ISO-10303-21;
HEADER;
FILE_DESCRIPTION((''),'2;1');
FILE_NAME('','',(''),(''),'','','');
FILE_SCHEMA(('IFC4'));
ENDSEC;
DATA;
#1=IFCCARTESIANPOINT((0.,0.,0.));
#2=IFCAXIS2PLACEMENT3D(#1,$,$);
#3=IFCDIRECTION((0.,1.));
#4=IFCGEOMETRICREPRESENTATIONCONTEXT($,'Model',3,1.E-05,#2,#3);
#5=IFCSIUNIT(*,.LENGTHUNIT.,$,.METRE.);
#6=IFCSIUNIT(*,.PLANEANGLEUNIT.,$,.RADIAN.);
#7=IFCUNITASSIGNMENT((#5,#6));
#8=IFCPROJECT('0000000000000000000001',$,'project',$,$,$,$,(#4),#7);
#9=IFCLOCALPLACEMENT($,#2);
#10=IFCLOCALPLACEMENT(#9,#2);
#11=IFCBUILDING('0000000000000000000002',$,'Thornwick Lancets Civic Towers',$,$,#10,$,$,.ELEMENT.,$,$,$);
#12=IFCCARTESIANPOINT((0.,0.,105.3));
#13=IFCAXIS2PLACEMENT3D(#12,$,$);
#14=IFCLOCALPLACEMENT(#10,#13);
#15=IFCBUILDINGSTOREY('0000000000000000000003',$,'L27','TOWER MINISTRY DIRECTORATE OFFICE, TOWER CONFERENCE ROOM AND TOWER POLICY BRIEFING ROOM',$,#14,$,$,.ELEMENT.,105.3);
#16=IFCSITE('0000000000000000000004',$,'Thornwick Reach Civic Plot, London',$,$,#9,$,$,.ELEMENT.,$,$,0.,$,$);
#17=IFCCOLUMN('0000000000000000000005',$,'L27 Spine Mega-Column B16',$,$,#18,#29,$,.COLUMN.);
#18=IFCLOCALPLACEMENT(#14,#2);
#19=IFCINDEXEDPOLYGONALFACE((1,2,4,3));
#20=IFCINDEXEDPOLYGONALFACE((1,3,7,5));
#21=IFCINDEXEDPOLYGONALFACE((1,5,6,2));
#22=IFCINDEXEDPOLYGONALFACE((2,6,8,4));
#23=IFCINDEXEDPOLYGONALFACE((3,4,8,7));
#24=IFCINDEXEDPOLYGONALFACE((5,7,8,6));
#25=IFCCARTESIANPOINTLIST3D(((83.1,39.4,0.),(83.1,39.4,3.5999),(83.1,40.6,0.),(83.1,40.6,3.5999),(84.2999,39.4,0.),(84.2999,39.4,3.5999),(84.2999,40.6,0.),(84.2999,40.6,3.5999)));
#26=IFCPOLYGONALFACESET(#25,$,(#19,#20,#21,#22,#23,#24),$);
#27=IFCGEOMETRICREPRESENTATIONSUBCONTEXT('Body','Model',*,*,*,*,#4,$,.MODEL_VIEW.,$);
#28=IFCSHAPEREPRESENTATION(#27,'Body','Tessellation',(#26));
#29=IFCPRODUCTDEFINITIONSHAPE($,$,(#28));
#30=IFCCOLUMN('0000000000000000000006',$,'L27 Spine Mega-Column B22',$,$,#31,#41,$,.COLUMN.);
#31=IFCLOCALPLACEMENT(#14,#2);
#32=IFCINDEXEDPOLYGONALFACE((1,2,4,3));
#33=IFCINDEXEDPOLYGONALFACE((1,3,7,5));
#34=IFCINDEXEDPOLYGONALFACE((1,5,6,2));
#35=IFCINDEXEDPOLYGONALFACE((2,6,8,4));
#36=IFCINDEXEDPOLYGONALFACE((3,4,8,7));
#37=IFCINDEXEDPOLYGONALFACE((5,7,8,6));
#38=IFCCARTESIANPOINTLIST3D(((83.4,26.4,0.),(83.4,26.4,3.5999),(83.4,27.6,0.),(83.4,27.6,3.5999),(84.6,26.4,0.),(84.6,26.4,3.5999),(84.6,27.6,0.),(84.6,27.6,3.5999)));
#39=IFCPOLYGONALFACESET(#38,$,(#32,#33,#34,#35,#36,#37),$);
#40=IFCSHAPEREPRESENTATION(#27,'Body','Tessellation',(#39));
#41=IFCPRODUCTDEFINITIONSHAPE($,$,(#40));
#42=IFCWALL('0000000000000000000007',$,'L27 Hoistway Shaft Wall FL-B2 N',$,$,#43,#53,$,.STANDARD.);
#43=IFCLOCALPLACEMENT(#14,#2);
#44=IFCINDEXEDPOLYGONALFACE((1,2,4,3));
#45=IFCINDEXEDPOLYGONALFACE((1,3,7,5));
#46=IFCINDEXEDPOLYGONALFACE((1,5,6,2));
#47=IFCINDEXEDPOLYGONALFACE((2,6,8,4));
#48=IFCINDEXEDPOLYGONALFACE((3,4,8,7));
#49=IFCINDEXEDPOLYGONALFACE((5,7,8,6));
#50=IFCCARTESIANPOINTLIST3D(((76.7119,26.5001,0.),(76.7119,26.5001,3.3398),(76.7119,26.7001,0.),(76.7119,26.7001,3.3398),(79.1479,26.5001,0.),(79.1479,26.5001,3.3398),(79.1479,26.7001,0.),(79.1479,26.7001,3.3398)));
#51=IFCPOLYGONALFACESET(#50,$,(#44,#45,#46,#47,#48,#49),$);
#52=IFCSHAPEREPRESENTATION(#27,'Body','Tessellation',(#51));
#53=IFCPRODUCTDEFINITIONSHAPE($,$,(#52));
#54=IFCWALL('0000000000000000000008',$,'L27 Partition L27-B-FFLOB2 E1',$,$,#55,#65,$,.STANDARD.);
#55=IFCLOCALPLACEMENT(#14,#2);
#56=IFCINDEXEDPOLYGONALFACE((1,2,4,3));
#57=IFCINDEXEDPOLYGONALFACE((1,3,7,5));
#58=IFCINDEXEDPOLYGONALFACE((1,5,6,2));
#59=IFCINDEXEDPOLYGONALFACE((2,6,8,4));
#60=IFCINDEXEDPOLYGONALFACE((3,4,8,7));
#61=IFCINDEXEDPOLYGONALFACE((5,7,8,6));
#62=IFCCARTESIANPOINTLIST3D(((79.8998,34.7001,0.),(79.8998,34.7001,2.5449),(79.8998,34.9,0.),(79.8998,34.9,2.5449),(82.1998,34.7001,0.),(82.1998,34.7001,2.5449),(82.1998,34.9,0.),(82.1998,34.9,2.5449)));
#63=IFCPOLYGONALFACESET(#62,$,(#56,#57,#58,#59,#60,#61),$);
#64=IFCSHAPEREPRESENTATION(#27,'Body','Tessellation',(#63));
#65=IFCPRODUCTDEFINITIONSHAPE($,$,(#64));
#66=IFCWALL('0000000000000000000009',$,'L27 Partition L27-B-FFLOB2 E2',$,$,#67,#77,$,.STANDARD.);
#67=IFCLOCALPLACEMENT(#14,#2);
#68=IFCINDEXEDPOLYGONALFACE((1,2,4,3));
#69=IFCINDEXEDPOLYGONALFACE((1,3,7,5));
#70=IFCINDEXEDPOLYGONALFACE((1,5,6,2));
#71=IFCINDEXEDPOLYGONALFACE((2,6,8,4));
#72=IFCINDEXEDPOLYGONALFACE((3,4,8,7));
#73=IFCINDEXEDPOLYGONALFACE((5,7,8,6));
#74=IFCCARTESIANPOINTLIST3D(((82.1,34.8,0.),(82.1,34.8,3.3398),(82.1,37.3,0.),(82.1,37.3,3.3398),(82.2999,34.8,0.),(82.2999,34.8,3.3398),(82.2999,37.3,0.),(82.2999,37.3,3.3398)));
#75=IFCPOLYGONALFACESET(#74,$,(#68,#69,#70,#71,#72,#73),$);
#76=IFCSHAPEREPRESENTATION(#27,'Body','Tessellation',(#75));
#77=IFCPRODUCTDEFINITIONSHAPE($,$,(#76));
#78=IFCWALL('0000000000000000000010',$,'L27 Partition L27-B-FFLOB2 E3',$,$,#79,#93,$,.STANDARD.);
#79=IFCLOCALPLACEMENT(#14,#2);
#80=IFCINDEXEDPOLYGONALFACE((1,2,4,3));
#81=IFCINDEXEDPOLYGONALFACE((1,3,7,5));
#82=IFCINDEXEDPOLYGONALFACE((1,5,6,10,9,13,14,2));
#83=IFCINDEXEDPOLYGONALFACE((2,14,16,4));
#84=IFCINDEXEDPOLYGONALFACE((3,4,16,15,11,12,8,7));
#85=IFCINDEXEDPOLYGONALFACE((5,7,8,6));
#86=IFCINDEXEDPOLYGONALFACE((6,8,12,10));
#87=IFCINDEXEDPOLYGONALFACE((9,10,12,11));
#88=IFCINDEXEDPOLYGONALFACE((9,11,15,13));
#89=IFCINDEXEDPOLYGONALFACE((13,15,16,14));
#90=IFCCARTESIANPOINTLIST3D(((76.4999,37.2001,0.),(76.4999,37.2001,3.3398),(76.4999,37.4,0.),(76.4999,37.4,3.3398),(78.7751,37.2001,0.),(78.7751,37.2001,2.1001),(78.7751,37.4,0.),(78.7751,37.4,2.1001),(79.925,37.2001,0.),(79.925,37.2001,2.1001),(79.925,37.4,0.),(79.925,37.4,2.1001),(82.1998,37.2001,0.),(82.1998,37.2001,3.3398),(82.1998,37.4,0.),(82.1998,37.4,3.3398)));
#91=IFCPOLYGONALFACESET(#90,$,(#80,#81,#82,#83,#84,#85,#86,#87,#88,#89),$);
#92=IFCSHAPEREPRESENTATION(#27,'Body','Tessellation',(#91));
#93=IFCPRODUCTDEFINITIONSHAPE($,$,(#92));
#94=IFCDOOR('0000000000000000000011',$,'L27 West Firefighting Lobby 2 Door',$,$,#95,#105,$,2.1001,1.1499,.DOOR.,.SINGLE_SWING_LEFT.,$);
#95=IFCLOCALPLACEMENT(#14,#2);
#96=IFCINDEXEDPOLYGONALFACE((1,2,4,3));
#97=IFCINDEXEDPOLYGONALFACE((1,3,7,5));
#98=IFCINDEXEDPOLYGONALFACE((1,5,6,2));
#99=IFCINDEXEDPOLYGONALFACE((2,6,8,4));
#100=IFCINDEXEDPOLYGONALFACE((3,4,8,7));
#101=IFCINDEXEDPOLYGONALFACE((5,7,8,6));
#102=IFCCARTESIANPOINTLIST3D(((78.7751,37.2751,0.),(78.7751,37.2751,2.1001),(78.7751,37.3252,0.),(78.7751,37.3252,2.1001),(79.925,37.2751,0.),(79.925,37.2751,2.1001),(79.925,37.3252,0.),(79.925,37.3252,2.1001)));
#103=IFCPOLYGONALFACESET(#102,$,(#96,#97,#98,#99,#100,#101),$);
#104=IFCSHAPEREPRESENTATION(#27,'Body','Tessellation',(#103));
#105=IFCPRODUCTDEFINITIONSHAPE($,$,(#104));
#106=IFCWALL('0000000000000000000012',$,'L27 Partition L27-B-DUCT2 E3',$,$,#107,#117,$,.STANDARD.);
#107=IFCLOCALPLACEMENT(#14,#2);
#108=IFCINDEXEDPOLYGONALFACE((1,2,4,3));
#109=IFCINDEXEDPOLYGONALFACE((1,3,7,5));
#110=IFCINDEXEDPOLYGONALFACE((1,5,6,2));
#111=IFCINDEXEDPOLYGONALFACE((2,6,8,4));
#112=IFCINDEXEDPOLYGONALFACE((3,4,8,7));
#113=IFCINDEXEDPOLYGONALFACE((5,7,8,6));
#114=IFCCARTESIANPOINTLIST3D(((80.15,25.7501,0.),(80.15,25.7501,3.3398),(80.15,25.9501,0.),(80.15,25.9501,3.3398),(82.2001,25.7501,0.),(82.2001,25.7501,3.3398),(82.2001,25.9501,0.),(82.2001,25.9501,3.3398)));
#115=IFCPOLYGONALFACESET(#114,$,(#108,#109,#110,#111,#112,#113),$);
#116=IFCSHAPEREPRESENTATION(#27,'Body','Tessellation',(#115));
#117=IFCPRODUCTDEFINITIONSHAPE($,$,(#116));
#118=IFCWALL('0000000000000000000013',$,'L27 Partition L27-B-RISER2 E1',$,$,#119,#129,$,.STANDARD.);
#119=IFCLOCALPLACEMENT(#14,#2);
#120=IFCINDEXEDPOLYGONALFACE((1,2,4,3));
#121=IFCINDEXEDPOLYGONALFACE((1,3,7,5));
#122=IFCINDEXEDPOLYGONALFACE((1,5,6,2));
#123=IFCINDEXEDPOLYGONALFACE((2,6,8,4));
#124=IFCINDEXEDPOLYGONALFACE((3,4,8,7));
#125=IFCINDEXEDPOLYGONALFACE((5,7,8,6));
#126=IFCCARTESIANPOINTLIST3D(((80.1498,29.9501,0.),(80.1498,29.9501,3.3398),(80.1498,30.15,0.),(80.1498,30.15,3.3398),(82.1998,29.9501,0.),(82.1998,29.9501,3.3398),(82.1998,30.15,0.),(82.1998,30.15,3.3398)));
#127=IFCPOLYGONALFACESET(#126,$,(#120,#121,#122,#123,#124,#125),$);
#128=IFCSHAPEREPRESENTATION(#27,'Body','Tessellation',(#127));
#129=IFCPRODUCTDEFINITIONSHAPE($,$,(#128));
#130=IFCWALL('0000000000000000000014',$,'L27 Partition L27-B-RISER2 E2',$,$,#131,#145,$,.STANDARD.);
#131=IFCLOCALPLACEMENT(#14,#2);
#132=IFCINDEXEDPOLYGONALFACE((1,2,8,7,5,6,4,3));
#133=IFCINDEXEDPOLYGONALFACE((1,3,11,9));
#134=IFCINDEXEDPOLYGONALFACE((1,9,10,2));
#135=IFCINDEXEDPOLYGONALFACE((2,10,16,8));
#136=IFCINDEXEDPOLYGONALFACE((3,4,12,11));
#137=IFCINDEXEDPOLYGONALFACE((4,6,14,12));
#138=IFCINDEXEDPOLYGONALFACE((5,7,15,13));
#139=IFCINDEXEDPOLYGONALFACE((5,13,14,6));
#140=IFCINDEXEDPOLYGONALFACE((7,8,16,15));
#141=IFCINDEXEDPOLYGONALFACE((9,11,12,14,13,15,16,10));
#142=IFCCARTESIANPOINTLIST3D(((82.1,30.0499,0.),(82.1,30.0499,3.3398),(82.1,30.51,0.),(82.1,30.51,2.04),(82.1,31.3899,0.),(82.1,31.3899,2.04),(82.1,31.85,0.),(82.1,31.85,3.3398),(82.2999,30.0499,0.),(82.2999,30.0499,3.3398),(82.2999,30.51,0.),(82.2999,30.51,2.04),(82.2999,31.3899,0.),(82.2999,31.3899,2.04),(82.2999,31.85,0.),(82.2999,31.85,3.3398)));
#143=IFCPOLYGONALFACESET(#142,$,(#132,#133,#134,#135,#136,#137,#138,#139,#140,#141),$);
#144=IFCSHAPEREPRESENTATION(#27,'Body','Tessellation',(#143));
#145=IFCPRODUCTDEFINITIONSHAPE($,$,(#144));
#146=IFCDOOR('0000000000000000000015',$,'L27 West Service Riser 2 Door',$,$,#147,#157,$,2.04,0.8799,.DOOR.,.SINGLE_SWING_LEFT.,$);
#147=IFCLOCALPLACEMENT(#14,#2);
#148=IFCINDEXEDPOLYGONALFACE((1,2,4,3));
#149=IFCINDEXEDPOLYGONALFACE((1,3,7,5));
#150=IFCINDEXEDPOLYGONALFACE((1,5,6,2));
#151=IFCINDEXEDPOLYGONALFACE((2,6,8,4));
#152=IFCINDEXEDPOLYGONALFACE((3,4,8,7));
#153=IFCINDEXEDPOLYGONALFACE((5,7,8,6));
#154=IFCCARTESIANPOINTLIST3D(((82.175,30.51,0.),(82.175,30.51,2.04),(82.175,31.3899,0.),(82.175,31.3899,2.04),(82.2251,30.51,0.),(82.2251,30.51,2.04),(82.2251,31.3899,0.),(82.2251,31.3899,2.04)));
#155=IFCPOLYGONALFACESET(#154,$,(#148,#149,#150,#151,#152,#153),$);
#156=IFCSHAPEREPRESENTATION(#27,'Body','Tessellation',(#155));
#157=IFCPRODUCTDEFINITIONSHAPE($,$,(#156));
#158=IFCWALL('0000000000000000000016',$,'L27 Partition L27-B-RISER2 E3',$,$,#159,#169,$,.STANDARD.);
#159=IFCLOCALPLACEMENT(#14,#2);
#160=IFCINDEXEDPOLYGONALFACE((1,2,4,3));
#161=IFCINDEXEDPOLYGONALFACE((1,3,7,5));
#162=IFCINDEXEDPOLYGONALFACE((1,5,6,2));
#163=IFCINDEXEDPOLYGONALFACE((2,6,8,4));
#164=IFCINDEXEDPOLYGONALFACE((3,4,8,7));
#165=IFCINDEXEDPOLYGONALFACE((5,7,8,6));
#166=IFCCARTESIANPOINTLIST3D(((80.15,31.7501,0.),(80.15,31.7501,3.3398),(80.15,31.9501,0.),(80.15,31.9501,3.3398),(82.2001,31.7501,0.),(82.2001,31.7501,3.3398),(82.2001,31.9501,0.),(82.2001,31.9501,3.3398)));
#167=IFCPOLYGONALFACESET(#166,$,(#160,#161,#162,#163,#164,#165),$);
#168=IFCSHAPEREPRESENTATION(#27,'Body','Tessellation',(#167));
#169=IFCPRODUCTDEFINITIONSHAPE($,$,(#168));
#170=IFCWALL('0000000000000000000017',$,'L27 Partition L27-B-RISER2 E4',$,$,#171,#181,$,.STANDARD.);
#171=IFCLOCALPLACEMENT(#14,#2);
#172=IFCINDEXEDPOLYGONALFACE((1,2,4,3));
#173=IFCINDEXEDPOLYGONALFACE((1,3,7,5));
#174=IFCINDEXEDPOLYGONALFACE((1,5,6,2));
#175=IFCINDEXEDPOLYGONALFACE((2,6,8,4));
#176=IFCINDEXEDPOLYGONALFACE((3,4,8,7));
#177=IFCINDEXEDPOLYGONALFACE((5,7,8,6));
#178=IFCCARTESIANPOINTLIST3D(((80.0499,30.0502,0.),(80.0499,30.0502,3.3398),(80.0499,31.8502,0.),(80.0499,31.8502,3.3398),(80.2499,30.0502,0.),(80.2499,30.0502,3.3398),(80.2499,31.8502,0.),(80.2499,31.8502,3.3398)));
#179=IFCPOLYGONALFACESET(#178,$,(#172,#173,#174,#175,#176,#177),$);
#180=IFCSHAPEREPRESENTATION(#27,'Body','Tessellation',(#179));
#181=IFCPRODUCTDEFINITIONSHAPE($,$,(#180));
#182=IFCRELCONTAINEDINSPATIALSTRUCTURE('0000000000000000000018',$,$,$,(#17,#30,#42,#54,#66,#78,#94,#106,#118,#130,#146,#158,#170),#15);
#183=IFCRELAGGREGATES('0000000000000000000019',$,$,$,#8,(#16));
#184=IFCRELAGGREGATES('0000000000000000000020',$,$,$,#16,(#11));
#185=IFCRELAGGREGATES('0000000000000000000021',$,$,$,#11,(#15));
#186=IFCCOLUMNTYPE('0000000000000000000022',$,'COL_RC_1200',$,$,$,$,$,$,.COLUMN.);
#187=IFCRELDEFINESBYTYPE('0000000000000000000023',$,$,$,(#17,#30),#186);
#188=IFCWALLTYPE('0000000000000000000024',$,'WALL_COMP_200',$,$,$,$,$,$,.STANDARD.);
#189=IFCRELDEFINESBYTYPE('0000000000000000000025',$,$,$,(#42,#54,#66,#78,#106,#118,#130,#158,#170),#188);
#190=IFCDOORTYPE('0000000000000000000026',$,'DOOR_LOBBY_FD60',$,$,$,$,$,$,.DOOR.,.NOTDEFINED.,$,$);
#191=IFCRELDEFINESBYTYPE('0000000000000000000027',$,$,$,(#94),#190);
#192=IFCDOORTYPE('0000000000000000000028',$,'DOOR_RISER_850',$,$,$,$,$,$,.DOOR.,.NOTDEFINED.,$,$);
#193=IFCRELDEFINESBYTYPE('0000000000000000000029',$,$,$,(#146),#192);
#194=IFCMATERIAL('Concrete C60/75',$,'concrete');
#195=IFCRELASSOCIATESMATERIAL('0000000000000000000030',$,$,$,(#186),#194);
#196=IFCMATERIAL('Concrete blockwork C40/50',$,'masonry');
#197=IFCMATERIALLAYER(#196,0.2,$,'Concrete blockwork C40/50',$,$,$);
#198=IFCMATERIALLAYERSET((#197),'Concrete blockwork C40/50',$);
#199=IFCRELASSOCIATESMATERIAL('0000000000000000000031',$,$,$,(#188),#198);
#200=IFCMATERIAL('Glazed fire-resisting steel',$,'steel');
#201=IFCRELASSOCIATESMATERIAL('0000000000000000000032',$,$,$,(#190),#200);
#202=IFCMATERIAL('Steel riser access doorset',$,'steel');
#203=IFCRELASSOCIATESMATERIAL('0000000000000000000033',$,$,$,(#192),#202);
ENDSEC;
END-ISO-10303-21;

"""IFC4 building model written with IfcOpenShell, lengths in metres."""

from ifc_helpers import new_model, si_unit, direction, frame, frame_2d, origin, origin_2d, place, context, subcontext, project, spatial, rectangle, extrude, material, layer, layer_set, material_profile, profile_set, type_object, element, fill, save


model = new_model("IFC4")

# Units and contexts
model_context = context("Model", 3, precision=1e-05, world=origin(), true_north=direction((0.0, 1.0)))
body_context = subcontext(model_context, "Body", "Model", "MODEL_VIEW")
ifc_project = project(units=[si_unit("LENGTHUNIT", "METRE"), si_unit("PLANEANGLEUNIT", "RADIAN")], contexts=[model_context])

# Site, building, storey
site_placement = place(None, origin())
site = spatial("IfcSite", under=ifc_project, at=site_placement, Name="Thornwick Reach Civic Plot, London", CompositionType="ELEMENT", RefElevation=0.0)
building_placement = place(site_placement, origin())
building = spatial("IfcBuilding", under=site, at=building_placement, Name="Thornwick Lancets Civic Towers", CompositionType="ELEMENT")
storey_placement = place(building_placement, frame((0.0, 0.0, 105.3)))
storey = spatial("IfcBuildingStorey", under=building, at=storey_placement, Name="L27", Description="TOWER MINISTRY DIRECTORATE OFFICE, TOWER CONFERENCE ROOM AND TOWER POLICY BRIEFING ROOM", CompositionType="ELEMENT", Elevation=105.3)

# Columns
ifc_material_1 = material(Name="Concrete C60/75", Category="concrete")
ifc_material_profile = material_profile(ifc_material_1, rectangle(XDim=1.2, YDim=1.2, at=origin_2d()), Name="RC 1200x1200")
ifc_profile_set = profile_set([ifc_material_profile], Name="Concrete C60/75")
column_type = type_object("IfcColumnType", Name="COL_RC_1200", PredefinedType="COLUMN", material=ifc_profile_set)
for number, where, z_axis, x_axis, name in (
    (1, (83.7, 40.0, 0.0), (0.0, 0.0, 1.0), (1.0, 0.0, 0.0), "L27 Spine Mega-Column B16"),
    (2, (84.0, 27.0, 0.0), (0.0, 0.0, 1.0), (1.0, 0.0, 0.0), "L27 Spine Mega-Column B22"),
):
    element("IfcColumn", number, at=place(storey_placement, frame(where, z_axis=z_axis, x_axis=x_axis)), inside=storey, type_object=column_type, Name=name, PredefinedType="COLUMN", context=body_context, shape_type="SweptSolid", body=[
        extrude(rectangle(XDim=1.2, YDim=1.2, at=origin_2d()), origin(), (0.0, 0.0, 1.0), 3.5999),
    ])

# Walls
ifc_material_2 = material(Name="Concrete blockwork C40/50", Category="masonry")
ifc_layer_1 = layer(ifc_material_2, 0.2, Name="Concrete blockwork C40/50")
ifc_layer_set_1 = layer_set([ifc_layer_1], Name="Concrete blockwork C40/50")
wall_type_1 = type_object("IfcWallType", Name="WALL_COMP_200", PredefinedType="STANDARD", material=ifc_layer_set_1)
wall_1_placement = place(storey_placement, frame((76.7119, 26.6001, 0.0), z_axis=(0.0, 0.0, 1.0), x_axis=(1.0, 0.0, 0.0)))
element("IfcWall", 3, at=wall_1_placement, inside=storey, type_object=wall_type_1, Name="L27 Hoistway Shaft Wall FL-B2 N", PredefinedType="STANDARD", context=body_context, shape_type="SweptSolid", body=[
    extrude(rectangle(XDim=2.436, YDim=0.2, at=frame_2d((1.218, 0.0))), origin(), (0.0, 0.0, 1.0), 3.3398),
])
wall_2_placement = place(storey_placement, frame((79.8999, 34.8, 0.0), z_axis=(0.0, 0.0, 1.0), x_axis=(1.0, 0.0, 0.0)))
element("IfcWall", 4, at=wall_2_placement, inside=storey, type_object=wall_type_1, Name="L27 Partition L27-B-FFLOB2 E1", PredefinedType="STANDARD", context=body_context, shape_type="SweptSolid", body=[
    extrude(rectangle(XDim=2.3, YDim=0.2, at=frame_2d((1.1499, 0.0))), origin(), (0.0, 0.0, 1.0), 2.5449),
])
wall_3_placement = place(storey_placement, frame((82.2, 34.8, 0.0), z_axis=(0.0, 0.0, 1.0), x_axis=(0.0, 1.0, 0.0)))
element("IfcWall", 5, at=wall_3_placement, inside=storey, type_object=wall_type_1, Name="L27 Partition L27-B-FFLOB2 E2", PredefinedType="STANDARD", context=body_context, shape_type="SweptSolid", body=[
    extrude(rectangle(XDim=2.5, YDim=0.2, at=frame_2d((1.25, 0.0))), origin(), (0.0, 0.0, 1.0), 3.3398),
])

# Wall, opening, door
wall_4_placement = place(storey_placement, frame((82.2, 37.3, 0.0), z_axis=(0.0, 0.0, 1.0), x_axis=(-1.0, 0.0, 0.0)))
wall_4 = element("IfcWall", 6, at=wall_4_placement, inside=storey, type_object=wall_type_1, Name="L27 Partition L27-B-FFLOB2 E3", PredefinedType="STANDARD", context=body_context, shape_type="SweptSolid", body=[
    extrude(rectangle(XDim=5.7, YDim=0.2, at=frame_2d((2.8501, 0.0))), origin(), (0.0, 0.0, 1.0), 3.3398),
])
opening_1_placement = place(wall_4_placement, frame((2.2749, 0.0, 0.0)))
opening_1 = element("IfcOpeningElement", 7, at=opening_1_placement, cuts=wall_4, PredefinedType="OPENING", context=body_context, shape_type="SweptSolid", body=[
    extrude(rectangle(XDim=1.1499, YDim=2.1001, at=frame_2d((0.575, 1.05))), frame((0.0, 0.1099, 0.0), z_axis=(0.0, -1.0, 0.0), x_axis=(1.0, 0.0, 0.0)), (0.0, 0.0, 1.0), 0.22),
])
ifc_material_3 = material(Name="Glazed fire-resisting steel", Category="steel")
door_type_1 = type_object("IfcDoorType", Name="DOOR_LOBBY_FD60", OperationType="NOTDEFINED", PredefinedType="DOOR", material=ifc_material_3)
door_1_placement = place(opening_1_placement, origin())
door_1 = element("IfcDoor", 8, at=door_1_placement, inside=storey, type_object=door_type_1, Name="L27 West Firefighting Lobby 2 Door", OperationType="SINGLE_SWING_LEFT", OverallHeight=2.1001, OverallWidth=1.1499, PredefinedType="DOOR", context=body_context, shape_type="SweptSolid", body=[
    extrude(rectangle(XDim=1.1499, YDim=2.1001, at=frame_2d((0.575, 1.05))), frame((0.0, 0.0249, 0.0), z_axis=(0.0, -1.0, 0.0), x_axis=(1.0, 0.0, 0.0)), (0.0, 0.0, 1.0), 0.05),
])
fill(opening_1, door_1)

# Walls
for number, where, z_axis, x_axis, name in (
    (9, (82.2, 25.8501, 0.0), (0.0, 0.0, 1.0), (-1.0, 0.0, 0.0), "L27 Partition L27-B-DUCT2 E3"),
    (10, (80.1499, 30.05, 0.0), (0.0, 0.0, 1.0), (1.0, 0.0, 0.0), "L27 Partition L27-B-RISER2 E1"),
):
    element("IfcWall", number, at=place(storey_placement, frame(where, z_axis=z_axis, x_axis=x_axis)), inside=storey, type_object=wall_type_1, Name=name, PredefinedType="STANDARD", context=body_context, shape_type="SweptSolid", body=[
        extrude(rectangle(XDim=2.05, YDim=0.2, at=frame_2d((1.0249, 0.0))), origin(), (0.0, 0.0, 1.0), 3.3398),
    ])

# Wall, opening, door
wall_5_placement = place(storey_placement, frame((82.2, 30.05, 0.0), z_axis=(0.0, 0.0, 1.0), x_axis=(0.0, 1.0, 0.0)))
wall_5 = element("IfcWall", 11, at=wall_5_placement, inside=storey, type_object=wall_type_1, Name="L27 Partition L27-B-RISER2 E2", PredefinedType="STANDARD", context=body_context, shape_type="SweptSolid", body=[
    extrude(rectangle(XDim=1.8, YDim=0.2, at=frame_2d((0.8999, 0.0))), origin(), (0.0, 0.0, 1.0), 3.3398),
])
opening_2_placement = place(wall_5_placement, frame((0.46, 0.0, 0.0)))
opening_2 = element("IfcOpeningElement", 12, at=opening_2_placement, cuts=wall_5, PredefinedType="OPENING", context=body_context, shape_type="SweptSolid", body=[
    extrude(rectangle(XDim=0.8799, YDim=2.04, at=frame_2d((0.4399, 1.02))), frame((0.0, 0.1099, 0.0), z_axis=(0.0, -1.0, 0.0), x_axis=(1.0, 0.0, 0.0)), (0.0, 0.0, 1.0), 0.22),
])
ifc_material_4 = material(Name="Steel riser access doorset", Category="steel")
door_type_2 = type_object("IfcDoorType", Name="DOOR_RISER_850", OperationType="NOTDEFINED", PredefinedType="DOOR", material=ifc_material_4)
door_2_placement = place(opening_2_placement, origin())
door_2 = element("IfcDoor", 13, at=door_2_placement, inside=storey, type_object=door_type_2, Name="L27 West Service Riser 2 Door", OperationType="SINGLE_SWING_LEFT", OverallHeight=2.04, OverallWidth=0.8799, PredefinedType="DOOR", context=body_context, shape_type="SweptSolid", body=[
    extrude(rectangle(XDim=0.8799, YDim=2.04, at=frame_2d((0.4399, 1.02))), frame((0.0, 0.0249, 0.0), z_axis=(0.0, -1.0, 0.0), x_axis=(1.0, 0.0, 0.0)), (0.0, 0.0, 1.0), 0.05),
])
fill(opening_2, door_2)

# Walls
wall_6_placement = place(storey_placement, frame((82.2, 31.8501, 0.0), z_axis=(0.0, 0.0, 1.0), x_axis=(-1.0, 0.0, 0.0)))
element("IfcWall", 14, at=wall_6_placement, inside=storey, type_object=wall_type_1, Name="L27 Partition L27-B-RISER2 E3", PredefinedType="STANDARD", context=body_context, shape_type="SweptSolid", body=[
    extrude(rectangle(XDim=2.05, YDim=0.2, at=frame_2d((1.0249, 0.0))), origin(), (0.0, 0.0, 1.0), 3.3398),
])
wall_7_placement = place(storey_placement, frame((80.1499, 31.8501, 0.0), z_axis=(0.0, 0.0, 1.0), x_axis=(0.0, -1.0, 0.0)))
element("IfcWall", 15, at=wall_7_placement, inside=storey, type_object=wall_type_1, Name="L27 Partition L27-B-RISER2 E4", PredefinedType="STANDARD", context=body_context, shape_type="SweptSolid", body=[
    extrude(rectangle(XDim=1.8, YDim=0.2, at=frame_2d((0.8999, 0.0))), origin(), (0.0, 0.0, 1.0), 3.3398),
])

save(model, "model.ifc")
